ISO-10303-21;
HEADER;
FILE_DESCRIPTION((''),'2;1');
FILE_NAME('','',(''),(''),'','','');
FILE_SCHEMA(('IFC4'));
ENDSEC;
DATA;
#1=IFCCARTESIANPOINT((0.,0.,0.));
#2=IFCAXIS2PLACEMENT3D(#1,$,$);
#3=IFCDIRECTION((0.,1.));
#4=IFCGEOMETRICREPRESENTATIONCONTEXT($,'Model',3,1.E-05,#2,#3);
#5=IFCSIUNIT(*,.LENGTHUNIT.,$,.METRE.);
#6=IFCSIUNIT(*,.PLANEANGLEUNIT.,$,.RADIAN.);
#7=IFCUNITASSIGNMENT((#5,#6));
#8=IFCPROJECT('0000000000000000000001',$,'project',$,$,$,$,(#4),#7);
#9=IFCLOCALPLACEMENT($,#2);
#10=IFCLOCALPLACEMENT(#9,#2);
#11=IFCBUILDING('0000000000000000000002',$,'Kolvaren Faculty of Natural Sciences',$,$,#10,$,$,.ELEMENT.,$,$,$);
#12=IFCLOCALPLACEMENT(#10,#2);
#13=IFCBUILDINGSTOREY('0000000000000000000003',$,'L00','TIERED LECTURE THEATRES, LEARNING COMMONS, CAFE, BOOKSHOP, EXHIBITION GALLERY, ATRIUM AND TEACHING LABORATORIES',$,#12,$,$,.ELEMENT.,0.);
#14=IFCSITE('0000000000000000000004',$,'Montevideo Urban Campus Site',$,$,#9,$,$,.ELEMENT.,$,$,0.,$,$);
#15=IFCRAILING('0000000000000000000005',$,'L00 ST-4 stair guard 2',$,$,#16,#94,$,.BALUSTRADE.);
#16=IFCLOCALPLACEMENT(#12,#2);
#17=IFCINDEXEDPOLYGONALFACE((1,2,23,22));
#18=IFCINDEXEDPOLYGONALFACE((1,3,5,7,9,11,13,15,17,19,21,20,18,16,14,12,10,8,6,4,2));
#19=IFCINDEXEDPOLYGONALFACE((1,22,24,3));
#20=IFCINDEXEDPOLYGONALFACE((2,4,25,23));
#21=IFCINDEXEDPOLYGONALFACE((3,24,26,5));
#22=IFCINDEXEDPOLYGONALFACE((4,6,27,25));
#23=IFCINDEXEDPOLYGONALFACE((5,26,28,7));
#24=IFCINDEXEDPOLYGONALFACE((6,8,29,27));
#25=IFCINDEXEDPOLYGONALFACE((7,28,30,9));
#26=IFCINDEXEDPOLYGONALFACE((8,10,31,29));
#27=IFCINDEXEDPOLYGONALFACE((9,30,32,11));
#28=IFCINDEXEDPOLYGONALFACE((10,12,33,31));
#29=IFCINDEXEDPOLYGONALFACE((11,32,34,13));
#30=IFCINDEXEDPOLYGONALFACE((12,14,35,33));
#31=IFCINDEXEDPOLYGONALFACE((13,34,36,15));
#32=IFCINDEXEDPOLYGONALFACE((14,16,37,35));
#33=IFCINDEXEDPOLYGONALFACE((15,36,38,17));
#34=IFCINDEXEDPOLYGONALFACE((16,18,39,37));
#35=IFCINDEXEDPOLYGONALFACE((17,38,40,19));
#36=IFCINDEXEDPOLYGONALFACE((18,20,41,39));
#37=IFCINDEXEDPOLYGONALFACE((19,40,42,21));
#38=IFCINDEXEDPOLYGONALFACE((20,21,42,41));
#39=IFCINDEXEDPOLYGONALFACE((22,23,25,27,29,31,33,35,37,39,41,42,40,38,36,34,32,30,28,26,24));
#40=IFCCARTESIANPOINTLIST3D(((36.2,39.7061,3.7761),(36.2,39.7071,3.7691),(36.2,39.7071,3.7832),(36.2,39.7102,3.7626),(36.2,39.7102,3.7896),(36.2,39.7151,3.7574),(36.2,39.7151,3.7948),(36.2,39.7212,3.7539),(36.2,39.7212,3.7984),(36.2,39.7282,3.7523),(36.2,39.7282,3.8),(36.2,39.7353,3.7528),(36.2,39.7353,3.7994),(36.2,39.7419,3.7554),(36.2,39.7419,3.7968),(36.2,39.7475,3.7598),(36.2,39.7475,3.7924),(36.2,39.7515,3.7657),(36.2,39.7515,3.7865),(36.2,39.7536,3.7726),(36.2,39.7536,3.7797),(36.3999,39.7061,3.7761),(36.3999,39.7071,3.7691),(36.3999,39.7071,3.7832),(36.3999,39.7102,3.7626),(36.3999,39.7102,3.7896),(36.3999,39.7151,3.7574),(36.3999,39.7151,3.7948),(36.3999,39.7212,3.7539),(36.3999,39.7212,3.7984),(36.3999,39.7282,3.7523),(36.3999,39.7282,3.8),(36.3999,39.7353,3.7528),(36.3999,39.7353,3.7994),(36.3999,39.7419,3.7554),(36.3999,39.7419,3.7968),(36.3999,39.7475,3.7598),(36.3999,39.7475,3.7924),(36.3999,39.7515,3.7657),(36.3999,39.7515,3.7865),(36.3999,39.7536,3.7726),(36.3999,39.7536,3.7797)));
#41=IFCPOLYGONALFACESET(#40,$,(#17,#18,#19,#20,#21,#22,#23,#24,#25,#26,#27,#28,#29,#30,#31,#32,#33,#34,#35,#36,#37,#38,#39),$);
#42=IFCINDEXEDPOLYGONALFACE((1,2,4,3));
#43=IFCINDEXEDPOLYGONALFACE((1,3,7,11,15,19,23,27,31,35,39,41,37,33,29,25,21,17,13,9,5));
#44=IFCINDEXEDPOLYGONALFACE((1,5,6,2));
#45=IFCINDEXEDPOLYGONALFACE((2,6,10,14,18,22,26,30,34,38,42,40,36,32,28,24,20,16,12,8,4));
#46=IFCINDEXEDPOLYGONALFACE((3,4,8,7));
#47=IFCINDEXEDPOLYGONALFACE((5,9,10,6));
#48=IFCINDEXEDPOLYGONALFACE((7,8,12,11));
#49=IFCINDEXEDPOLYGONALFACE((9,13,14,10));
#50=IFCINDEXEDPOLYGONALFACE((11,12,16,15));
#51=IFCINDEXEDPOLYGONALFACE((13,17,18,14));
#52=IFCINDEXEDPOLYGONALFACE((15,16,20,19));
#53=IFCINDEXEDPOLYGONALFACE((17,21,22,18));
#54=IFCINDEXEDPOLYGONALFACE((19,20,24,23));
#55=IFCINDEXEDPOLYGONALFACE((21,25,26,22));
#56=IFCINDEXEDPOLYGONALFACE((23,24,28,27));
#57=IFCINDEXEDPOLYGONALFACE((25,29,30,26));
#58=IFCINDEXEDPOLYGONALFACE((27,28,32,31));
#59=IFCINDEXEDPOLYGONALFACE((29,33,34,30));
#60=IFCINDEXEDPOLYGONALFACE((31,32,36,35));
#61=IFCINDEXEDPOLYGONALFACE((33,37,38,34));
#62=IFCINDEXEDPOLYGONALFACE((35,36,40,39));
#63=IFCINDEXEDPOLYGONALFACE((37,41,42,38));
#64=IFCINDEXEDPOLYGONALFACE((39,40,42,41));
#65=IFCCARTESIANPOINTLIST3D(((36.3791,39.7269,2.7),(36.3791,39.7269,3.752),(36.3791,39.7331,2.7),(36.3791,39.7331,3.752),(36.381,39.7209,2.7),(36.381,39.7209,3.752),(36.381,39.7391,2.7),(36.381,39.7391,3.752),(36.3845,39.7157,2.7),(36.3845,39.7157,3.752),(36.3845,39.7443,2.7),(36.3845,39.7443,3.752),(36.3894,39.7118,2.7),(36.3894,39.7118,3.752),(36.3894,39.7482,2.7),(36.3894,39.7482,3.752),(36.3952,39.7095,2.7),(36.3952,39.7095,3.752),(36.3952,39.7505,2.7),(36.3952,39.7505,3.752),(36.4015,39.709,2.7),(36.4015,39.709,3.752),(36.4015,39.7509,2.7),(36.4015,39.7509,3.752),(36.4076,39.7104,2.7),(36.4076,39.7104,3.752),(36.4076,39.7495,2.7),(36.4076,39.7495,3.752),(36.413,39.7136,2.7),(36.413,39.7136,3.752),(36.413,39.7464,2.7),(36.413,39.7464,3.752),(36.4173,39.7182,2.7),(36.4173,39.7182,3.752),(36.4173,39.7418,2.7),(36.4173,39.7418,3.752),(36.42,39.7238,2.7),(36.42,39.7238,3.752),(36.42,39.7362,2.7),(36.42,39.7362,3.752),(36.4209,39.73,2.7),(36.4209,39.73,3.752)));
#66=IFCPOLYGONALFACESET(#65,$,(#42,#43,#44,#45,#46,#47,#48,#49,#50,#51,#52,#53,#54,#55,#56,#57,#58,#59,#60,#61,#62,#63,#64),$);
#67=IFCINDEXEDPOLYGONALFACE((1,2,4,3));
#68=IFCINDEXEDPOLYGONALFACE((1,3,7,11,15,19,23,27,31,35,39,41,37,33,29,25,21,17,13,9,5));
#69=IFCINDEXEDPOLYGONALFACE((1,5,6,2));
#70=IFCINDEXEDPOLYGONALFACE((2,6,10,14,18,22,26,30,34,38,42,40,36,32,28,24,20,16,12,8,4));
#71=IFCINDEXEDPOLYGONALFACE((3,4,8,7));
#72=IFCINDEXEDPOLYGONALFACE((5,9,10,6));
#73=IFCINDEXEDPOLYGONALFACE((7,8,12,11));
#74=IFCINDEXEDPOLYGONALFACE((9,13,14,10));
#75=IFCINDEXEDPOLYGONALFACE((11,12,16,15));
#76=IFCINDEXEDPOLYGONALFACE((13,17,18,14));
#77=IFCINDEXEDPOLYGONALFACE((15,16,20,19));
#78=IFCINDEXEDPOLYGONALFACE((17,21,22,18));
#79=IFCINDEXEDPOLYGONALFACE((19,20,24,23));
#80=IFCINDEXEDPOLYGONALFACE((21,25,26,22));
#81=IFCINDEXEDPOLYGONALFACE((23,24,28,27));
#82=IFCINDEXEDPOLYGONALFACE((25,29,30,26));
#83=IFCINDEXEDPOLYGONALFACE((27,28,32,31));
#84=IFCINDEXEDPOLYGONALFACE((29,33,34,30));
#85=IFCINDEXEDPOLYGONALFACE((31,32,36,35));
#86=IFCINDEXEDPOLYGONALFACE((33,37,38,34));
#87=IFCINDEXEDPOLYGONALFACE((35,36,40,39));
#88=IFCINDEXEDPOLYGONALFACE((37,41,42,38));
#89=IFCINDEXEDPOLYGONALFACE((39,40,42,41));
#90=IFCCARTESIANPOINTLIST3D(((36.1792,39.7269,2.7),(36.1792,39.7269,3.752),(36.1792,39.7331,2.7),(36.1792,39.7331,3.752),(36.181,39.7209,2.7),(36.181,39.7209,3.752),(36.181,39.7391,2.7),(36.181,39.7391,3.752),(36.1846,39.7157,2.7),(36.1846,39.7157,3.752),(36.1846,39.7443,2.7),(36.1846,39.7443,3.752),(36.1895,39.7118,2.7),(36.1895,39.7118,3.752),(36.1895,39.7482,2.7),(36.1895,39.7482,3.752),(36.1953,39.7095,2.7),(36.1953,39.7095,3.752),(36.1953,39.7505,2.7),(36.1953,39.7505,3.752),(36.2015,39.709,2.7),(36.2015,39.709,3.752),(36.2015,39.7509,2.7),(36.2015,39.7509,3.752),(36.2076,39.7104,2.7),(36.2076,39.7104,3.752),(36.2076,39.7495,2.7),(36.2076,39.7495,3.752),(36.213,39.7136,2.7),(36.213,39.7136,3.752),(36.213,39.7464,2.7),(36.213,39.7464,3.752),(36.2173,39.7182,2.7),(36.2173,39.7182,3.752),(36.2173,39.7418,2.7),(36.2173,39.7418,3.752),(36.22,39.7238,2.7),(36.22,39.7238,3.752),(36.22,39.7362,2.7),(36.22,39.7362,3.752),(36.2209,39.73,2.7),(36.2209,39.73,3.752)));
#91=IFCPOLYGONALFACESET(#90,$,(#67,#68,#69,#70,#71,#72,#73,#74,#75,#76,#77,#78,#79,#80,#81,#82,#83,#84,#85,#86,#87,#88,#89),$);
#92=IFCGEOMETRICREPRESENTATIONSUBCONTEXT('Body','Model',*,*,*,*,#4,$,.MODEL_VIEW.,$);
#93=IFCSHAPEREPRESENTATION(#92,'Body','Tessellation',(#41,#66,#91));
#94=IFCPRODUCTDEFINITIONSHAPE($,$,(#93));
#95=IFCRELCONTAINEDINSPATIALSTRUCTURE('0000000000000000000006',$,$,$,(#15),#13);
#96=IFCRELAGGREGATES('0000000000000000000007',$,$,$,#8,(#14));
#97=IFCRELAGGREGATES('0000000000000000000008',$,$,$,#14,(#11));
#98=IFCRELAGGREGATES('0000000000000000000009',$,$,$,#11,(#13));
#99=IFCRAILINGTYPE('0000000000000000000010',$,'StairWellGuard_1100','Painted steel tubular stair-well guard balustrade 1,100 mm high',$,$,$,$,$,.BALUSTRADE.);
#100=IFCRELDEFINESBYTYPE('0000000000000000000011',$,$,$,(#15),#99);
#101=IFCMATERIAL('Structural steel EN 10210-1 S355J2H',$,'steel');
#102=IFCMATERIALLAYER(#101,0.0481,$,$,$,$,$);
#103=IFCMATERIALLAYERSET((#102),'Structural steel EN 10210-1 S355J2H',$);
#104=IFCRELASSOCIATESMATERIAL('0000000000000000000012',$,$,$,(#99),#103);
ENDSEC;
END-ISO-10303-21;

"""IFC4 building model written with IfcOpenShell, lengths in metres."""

from ifc_helpers import new_model, si_unit, direction, frame, origin, origin_2d, place, context, subcontext, project, spatial, circle, extrude, material, layer, layer_set, type_object, element, save


model = new_model("IFC4")

# Units and contexts
model_context = context("Model", 3, precision=1e-05, world=origin(), true_north=direction((0.0, 1.0)))
body_context = subcontext(model_context, "Body", "Model", "MODEL_VIEW")
ifc_project = project(units=[si_unit("LENGTHUNIT", "METRE"), si_unit("PLANEANGLEUNIT", "RADIAN")], contexts=[model_context])

# Site, building, storey
site_placement = place(None, origin())
site = spatial("IfcSite", under=ifc_project, at=site_placement, Name="Montevideo Urban Campus Site", CompositionType="ELEMENT", RefElevation=0.0)
building_placement = place(site_placement, origin())
building = spatial("IfcBuilding", under=site, at=building_placement, Name="Kolvaren Faculty of Natural Sciences", CompositionType="ELEMENT")
storey_placement = place(building_placement, origin())
storey = spatial("IfcBuildingStorey", under=building, at=storey_placement, Name="L00", Description="TIERED LECTURE THEATRES, LEARNING COMMONS, CAFE, BOOKSHOP, EXHIBITION GALLERY, ATRIUM AND TEACHING LABORATORIES", CompositionType="ELEMENT", Elevation=0.0)

# Railing
ifc_material_1 = material(Name="Structural steel EN 10210-1 S355J2H", Category="steel")
ifc_layer_1 = layer(ifc_material_1, 0.0481)
ifc_layer_set_1 = layer_set([ifc_layer_1], Name="Structural steel EN 10210-1 S355J2H")
railing_type_1 = type_object("IfcRailingType", Name="StairWellGuard_1100", Description="Painted steel tubular stair-well guard balustrade 1,100 mm high", PredefinedType="BALUSTRADE", material=ifc_layer_set_1)
railing_1_placement = place(storey_placement, frame((36.3999, 39.73, 2.7)))
element("IfcRailing", 1, at=railing_1_placement, inside=storey, type_object=railing_type_1, Name="L00 ST-4 stair guard 2", PredefinedType="BALUSTRADE", context=body_context, shape_type="SweptSolid", body=[
    extrude(circle(Radius=0.0239, at=origin_2d()), frame((0.0, 0.0, 1.0762), z_axis=(-1.0, 0.0, 0.0), x_axis=(0.0, -1.0, 0.0)), (0.0, 0.0, 1.0), 0.2),
    extrude(circle(Radius=0.021, at=origin_2d()), origin(), (0.0, 0.0, 1.0), 1.052),
    extrude(circle(Radius=0.021, at=origin_2d()), frame((-0.2, 0.0, 0.0)), (0.0, 0.0, 1.0), 1.052),
])

save(model, "model.ifc")
